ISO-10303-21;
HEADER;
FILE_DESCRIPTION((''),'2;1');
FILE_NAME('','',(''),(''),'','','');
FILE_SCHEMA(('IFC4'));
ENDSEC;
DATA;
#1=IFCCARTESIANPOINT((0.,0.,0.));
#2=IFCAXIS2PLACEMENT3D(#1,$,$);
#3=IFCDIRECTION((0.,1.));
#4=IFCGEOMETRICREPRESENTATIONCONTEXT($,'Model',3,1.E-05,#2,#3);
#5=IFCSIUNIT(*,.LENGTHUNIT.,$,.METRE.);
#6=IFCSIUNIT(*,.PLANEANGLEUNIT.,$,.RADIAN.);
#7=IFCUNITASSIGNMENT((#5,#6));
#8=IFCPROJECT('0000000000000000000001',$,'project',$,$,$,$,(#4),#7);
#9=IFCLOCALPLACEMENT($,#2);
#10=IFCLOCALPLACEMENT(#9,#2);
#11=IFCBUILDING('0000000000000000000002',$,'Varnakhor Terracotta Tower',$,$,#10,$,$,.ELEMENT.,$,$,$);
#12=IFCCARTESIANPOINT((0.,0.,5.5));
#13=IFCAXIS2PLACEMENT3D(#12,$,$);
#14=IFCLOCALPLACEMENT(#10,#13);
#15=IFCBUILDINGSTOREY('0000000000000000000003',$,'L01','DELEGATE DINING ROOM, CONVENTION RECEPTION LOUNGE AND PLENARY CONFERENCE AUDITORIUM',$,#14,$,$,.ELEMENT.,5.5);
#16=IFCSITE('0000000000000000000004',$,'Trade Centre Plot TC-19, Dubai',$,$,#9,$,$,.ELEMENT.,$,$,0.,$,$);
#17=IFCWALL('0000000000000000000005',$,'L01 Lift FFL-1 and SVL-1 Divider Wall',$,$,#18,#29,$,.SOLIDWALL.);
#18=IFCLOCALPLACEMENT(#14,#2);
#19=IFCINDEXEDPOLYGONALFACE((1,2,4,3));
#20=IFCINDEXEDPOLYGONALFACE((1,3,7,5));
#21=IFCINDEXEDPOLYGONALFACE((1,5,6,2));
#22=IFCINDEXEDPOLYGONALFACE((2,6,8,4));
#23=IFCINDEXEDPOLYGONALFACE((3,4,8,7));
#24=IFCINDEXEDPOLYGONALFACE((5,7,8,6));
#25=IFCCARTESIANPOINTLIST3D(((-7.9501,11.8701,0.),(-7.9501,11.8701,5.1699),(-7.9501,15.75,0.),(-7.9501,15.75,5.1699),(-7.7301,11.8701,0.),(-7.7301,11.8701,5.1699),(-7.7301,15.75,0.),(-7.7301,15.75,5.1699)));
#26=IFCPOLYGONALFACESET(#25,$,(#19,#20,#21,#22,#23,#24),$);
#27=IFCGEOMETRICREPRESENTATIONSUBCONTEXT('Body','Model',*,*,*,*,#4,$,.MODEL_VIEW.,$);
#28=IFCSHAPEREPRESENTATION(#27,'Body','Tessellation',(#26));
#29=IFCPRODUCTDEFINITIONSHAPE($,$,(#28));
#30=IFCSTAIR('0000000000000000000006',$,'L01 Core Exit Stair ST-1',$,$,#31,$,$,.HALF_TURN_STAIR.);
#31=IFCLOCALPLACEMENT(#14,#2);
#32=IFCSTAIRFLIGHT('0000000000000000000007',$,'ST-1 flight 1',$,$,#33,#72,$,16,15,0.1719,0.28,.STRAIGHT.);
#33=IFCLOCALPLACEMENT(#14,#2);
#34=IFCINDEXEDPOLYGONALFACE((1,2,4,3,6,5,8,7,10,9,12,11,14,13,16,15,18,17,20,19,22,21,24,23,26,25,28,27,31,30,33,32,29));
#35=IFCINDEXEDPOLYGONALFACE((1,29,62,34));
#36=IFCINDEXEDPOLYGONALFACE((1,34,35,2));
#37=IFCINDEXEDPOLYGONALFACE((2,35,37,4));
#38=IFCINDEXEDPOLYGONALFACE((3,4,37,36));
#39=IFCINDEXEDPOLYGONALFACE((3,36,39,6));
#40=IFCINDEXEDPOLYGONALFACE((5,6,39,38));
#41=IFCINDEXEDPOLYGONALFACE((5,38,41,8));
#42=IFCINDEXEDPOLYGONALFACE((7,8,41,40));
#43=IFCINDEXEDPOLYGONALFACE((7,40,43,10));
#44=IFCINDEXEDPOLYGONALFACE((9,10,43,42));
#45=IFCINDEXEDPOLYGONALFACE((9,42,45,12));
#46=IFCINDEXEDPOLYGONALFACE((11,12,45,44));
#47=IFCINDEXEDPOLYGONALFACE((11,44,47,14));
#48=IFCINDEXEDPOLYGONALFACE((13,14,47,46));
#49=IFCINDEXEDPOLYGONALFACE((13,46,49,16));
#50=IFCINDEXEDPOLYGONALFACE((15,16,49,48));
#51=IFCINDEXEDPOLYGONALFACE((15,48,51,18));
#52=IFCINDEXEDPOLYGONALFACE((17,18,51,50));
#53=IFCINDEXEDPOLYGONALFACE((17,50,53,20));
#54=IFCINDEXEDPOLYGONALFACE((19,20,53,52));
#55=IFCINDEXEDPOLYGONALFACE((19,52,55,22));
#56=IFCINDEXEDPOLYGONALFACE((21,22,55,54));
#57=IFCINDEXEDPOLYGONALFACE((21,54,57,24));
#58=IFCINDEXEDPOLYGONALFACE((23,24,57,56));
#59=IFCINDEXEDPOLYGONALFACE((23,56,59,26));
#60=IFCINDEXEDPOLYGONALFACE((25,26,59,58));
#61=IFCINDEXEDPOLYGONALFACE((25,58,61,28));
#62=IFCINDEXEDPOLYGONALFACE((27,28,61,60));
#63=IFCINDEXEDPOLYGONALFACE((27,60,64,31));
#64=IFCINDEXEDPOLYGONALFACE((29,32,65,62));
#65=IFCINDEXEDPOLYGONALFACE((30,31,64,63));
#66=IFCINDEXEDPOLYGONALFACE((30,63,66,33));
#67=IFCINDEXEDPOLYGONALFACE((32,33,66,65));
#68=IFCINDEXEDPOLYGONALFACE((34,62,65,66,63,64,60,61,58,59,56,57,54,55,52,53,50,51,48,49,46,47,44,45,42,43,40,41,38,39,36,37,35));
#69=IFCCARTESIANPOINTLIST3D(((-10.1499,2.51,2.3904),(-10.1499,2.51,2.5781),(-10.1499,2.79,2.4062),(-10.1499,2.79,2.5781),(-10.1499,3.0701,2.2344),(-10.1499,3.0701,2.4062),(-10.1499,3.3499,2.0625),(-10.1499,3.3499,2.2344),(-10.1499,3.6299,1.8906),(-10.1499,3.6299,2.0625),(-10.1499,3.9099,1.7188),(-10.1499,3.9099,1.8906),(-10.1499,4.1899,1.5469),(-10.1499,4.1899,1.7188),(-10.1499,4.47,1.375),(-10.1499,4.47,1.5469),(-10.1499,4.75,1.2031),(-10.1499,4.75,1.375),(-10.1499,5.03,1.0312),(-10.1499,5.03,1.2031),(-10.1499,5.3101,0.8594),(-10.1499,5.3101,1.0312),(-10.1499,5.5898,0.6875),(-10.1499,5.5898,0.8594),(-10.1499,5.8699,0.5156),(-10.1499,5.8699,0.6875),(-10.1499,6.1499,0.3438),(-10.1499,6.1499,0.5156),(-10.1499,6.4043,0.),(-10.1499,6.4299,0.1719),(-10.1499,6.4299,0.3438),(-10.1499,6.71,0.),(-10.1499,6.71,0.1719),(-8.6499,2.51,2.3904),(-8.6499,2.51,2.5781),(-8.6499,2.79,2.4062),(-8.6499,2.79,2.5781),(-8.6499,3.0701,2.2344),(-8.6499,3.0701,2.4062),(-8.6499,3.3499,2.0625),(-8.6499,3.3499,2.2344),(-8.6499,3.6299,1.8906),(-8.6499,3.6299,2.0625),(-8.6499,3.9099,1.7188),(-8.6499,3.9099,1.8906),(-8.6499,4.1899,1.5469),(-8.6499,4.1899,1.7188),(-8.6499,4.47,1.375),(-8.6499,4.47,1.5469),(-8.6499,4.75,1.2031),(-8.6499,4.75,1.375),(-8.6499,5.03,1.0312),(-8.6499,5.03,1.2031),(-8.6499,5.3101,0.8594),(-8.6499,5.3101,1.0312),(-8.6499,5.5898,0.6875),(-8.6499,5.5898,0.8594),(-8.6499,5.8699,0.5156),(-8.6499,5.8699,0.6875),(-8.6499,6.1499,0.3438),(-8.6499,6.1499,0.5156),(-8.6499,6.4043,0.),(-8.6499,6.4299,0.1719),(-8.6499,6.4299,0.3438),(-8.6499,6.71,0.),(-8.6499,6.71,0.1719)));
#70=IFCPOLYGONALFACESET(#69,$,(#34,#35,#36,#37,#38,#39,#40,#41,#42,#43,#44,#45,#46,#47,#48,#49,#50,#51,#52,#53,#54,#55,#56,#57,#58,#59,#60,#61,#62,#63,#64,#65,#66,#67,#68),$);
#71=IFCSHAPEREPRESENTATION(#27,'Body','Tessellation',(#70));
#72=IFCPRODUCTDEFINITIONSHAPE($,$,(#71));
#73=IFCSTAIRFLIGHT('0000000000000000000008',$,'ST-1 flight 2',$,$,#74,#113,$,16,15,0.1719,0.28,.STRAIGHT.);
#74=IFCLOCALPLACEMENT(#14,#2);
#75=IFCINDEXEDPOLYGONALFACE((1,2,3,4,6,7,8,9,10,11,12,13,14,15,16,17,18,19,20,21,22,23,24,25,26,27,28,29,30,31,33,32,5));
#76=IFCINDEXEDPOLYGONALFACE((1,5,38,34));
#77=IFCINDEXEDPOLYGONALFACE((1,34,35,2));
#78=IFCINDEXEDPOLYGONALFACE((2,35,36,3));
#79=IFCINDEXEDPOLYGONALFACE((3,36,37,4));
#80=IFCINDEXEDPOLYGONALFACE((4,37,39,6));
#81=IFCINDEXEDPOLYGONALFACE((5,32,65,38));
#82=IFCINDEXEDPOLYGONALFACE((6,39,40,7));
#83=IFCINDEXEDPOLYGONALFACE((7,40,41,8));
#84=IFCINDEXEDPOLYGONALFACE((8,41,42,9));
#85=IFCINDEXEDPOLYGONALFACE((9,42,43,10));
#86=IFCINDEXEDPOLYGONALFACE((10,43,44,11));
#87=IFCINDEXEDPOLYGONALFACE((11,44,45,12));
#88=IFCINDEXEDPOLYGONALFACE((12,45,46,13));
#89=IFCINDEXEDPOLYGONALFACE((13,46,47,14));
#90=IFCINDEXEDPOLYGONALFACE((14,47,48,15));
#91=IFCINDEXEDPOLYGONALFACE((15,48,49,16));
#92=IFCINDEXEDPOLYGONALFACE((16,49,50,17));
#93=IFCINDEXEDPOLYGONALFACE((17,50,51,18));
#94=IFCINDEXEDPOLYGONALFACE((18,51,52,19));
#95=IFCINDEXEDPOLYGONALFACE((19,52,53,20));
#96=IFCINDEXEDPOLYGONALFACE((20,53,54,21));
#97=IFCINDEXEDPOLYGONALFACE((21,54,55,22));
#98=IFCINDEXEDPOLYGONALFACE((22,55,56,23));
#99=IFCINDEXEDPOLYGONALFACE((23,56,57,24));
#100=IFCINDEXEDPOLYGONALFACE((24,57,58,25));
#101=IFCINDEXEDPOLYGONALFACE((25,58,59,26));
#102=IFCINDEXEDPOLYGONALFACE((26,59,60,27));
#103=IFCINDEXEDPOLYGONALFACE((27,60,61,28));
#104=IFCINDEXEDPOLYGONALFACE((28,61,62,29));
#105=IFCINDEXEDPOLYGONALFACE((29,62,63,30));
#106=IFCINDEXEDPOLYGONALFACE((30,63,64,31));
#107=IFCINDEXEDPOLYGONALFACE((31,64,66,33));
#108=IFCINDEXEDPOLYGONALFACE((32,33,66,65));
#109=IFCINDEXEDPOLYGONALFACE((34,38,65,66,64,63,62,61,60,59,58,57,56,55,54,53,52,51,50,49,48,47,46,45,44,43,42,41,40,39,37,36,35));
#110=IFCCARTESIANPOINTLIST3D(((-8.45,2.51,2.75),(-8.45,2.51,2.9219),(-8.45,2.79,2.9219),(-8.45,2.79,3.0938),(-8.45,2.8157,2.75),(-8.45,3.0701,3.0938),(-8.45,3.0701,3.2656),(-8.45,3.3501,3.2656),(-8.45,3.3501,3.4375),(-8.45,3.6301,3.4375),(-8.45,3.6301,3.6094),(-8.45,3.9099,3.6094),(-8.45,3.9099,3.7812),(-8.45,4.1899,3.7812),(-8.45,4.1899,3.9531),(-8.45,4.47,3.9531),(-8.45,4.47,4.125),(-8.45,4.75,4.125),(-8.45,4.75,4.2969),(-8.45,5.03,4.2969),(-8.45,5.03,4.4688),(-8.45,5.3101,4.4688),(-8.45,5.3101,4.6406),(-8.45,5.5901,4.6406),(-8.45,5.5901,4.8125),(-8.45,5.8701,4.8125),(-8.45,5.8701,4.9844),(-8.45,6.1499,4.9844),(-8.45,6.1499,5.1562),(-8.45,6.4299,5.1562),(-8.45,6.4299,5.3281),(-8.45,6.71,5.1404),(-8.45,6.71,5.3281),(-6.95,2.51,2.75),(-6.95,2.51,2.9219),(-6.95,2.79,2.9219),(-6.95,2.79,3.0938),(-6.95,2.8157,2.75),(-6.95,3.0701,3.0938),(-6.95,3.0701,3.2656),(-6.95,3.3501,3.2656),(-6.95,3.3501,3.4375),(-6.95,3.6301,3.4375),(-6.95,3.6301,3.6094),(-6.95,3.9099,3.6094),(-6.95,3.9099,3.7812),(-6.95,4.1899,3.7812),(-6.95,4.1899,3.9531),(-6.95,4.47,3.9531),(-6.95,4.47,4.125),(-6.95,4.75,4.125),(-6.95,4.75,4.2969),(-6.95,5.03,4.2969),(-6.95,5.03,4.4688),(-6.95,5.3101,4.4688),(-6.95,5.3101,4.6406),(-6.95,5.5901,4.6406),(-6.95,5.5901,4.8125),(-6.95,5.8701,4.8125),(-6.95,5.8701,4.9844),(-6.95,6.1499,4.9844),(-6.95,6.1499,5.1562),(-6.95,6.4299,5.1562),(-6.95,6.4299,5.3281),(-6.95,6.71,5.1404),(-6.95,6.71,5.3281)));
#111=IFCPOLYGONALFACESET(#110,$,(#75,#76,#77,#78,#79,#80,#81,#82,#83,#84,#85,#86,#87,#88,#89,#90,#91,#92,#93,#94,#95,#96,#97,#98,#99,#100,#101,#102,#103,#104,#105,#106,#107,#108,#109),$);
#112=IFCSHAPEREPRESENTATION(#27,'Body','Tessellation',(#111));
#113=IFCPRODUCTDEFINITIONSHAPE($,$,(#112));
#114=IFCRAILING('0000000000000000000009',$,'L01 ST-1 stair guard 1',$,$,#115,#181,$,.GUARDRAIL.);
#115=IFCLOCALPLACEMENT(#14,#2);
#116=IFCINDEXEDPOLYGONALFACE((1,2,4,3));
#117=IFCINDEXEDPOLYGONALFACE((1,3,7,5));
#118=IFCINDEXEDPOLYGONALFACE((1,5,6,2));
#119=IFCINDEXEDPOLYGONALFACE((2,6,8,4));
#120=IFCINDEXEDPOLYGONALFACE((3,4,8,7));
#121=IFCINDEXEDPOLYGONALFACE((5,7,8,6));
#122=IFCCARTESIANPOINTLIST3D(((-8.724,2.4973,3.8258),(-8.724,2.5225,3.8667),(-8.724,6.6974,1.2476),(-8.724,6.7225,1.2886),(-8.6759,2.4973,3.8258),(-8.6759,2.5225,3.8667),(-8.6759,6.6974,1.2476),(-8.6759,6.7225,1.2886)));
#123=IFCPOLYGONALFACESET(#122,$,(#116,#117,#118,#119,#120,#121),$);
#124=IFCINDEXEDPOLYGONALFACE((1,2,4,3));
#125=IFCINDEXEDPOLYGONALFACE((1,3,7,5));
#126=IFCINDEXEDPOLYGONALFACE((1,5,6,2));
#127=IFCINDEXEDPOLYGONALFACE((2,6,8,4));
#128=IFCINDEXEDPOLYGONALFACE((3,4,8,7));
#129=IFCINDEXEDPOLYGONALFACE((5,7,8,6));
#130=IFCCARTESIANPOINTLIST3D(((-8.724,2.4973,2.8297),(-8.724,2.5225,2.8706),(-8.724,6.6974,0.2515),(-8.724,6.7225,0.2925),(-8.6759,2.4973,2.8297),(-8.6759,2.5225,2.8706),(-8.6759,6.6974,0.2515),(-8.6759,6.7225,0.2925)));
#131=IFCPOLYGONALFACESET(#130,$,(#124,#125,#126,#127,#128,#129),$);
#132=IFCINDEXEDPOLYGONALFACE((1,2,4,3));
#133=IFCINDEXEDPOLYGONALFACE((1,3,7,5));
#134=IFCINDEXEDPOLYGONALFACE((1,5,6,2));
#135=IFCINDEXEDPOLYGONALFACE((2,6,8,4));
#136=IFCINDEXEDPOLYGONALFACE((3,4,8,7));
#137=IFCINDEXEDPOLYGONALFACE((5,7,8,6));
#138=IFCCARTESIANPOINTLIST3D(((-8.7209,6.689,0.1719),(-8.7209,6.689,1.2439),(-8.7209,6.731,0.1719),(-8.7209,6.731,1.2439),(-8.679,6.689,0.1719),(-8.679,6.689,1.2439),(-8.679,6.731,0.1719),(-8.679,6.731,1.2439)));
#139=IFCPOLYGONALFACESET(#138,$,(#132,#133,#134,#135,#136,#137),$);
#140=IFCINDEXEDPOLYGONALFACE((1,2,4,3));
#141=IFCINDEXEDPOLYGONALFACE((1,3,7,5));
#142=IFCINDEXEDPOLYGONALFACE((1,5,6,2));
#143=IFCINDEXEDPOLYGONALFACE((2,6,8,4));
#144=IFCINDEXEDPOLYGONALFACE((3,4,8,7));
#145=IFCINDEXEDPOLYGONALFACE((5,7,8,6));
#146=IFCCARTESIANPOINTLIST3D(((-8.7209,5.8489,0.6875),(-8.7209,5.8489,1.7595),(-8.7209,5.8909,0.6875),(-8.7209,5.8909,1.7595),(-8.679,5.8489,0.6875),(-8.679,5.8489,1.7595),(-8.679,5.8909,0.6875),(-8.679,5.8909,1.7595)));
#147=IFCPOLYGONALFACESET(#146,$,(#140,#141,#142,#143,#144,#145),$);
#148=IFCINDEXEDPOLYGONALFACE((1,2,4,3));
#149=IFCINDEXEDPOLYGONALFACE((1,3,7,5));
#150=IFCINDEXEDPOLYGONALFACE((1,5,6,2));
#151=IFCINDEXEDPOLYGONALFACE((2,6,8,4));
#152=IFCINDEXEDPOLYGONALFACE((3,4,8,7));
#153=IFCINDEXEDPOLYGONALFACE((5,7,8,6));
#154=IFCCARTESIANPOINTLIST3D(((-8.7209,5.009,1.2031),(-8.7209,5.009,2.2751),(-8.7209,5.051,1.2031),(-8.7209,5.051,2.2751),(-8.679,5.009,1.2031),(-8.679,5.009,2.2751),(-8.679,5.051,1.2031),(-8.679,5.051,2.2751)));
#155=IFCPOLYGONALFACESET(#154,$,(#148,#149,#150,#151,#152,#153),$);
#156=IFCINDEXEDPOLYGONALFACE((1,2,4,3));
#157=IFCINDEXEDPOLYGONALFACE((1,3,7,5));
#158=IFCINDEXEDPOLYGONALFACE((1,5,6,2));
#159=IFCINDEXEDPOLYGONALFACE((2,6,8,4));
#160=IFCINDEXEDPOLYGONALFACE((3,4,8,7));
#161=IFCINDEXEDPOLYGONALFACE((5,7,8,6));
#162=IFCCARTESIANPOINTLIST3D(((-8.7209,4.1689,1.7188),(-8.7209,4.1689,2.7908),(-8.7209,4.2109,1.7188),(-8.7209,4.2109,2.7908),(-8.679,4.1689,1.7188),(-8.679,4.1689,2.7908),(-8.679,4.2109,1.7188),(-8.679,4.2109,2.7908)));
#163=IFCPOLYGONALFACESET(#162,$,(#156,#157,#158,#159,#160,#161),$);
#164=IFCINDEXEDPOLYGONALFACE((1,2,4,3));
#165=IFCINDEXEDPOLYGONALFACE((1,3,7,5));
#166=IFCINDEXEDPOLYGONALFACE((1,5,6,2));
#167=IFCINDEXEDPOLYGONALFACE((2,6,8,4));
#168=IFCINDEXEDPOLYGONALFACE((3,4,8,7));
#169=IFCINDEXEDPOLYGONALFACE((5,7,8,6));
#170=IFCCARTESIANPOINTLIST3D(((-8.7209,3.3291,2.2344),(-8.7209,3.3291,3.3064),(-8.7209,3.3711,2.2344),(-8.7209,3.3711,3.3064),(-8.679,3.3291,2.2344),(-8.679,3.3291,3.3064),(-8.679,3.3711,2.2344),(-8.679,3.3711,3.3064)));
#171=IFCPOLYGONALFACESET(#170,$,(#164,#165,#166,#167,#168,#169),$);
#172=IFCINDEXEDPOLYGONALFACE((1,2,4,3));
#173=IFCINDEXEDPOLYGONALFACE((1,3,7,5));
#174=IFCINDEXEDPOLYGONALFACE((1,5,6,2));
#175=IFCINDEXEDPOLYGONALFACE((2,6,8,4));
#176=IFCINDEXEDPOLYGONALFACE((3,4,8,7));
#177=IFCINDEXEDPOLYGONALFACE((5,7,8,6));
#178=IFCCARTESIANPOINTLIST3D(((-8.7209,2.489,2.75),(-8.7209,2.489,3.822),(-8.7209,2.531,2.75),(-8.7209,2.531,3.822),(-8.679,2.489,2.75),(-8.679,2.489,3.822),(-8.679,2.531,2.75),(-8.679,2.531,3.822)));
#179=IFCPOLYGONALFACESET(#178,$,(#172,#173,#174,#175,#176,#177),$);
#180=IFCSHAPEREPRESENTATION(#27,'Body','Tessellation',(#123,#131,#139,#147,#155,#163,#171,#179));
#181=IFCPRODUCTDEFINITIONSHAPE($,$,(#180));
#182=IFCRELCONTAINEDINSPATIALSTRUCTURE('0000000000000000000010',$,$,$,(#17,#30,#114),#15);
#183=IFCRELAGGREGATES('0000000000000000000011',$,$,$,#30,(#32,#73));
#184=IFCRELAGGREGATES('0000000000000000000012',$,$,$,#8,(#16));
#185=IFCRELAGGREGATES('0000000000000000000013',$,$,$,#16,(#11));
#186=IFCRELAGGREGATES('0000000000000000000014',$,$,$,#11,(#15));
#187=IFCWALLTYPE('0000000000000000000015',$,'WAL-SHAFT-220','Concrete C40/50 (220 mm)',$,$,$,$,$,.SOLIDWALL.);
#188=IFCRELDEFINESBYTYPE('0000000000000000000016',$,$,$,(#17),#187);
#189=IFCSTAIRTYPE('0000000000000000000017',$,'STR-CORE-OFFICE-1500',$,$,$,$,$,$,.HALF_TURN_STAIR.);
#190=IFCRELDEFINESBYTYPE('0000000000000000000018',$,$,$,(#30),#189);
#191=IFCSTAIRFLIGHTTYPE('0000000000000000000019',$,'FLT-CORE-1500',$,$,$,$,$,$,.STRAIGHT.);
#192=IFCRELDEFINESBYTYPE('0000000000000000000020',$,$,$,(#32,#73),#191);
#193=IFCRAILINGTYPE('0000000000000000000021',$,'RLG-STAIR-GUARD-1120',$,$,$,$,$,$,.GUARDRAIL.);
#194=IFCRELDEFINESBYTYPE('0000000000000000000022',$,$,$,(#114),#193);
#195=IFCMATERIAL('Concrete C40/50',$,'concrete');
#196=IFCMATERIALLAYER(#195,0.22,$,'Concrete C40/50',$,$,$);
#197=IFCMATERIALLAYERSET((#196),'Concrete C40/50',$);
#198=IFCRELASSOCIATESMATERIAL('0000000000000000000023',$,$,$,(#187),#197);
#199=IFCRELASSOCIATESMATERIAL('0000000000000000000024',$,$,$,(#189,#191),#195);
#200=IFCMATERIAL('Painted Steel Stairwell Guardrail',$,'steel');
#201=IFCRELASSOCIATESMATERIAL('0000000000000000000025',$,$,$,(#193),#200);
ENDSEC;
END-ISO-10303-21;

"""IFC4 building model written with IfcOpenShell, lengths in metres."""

from ifc_helpers import new_model, si_unit, direction, frame, frame_2d, origin, origin_2d, place, context, subcontext, project, spatial, polyline, rectangle, outline, extrude, material, layer, layer_set, type_object, element, aggregate, save


model = new_model("IFC4")

# Units and contexts
model_context = context("Model", 3, precision=1e-05, world=origin(), true_north=direction((0.0, 1.0)))
body_context = subcontext(model_context, "Body", "Model", "MODEL_VIEW")
ifc_project = project(units=[si_unit("LENGTHUNIT", "METRE"), si_unit("PLANEANGLEUNIT", "RADIAN")], contexts=[model_context])

# Site, building, storey
site_placement = place(None, origin())
site = spatial("IfcSite", under=ifc_project, at=site_placement, Name="Trade Centre Plot TC-19, Dubai", CompositionType="ELEMENT", RefElevation=0.0)
building_placement = place(site_placement, origin())
building = spatial("IfcBuilding", under=site, at=building_placement, Name="Varnakhor Terracotta Tower", CompositionType="ELEMENT")
storey_placement = place(building_placement, frame((0.0, 0.0, 5.5)))
storey = spatial("IfcBuildingStorey", under=building, at=storey_placement, Name="L01", Description="DELEGATE DINING ROOM, CONVENTION RECEPTION LOUNGE AND PLENARY CONFERENCE AUDITORIUM", CompositionType="ELEMENT", Elevation=5.5)

# Wall
ifc_material_1 = material(Name="Concrete C40/50", Category="concrete")
ifc_layer_1 = layer(ifc_material_1, 0.22, Name="Concrete C40/50")
ifc_layer_set_1 = layer_set([ifc_layer_1], Name="Concrete C40/50")
wall_type_1 = type_object("IfcWallType", Name="WAL-SHAFT-220", Description="Concrete C40/50 (220 mm)", PredefinedType="SOLIDWALL", material=ifc_layer_set_1)
wall_1_placement = place(storey_placement, frame((-7.8401, 11.8701, 0.0), z_axis=(0.0, 0.0, 1.0), x_axis=(0.0, 1.0, 0.0)))
element("IfcWall", 1, at=wall_1_placement, inside=storey, type_object=wall_type_1, Name="L01 Lift FFL-1 and SVL-1 Divider Wall", PredefinedType="SOLIDWALL", context=body_context, shape_type="SweptSolid", body=[
    extrude(rectangle(XDim=3.8799, YDim=0.22, at=frame_2d((1.9399, 0.0))), origin(), (0.0, 0.0, 1.0), 5.1699),
])

# Stair, stair flights
stair_type = type_object("IfcStairType", Name="STR-CORE-OFFICE-1500", PredefinedType="HALF_TURN_STAIR", material=ifc_material_1)
stair_placement = place(storey_placement, origin())
stair = element("IfcStair", 2, at=stair_placement, inside=storey, type_object=stair_type, Name="L01 Core Exit Stair ST-1", PredefinedType="HALF_TURN_STAIR")
stair_flight_type = type_object("IfcStairFlightType", Name="FLT-CORE-1500", PredefinedType="STRAIGHT", material=ifc_material_1)
stair_flight_1_placement = place(storey_placement, frame((-9.3999, 6.71, 0.0), z_axis=(0.0, 0.0, 1.0), x_axis=(0.0, -1.0, 0.0)))
stair_flight_1 = element("IfcStairFlight", 3, at=stair_flight_1_placement, type_object=stair_flight_type, Name="ST-1 flight 1", NumberOfRisers=16, NumberOfTreads=15, PredefinedType="STRAIGHT", RiserHeight=0.1719, TreadLength=0.28, context=body_context, shape_type="SweptSolid", body=[
    extrude(outline(polyline([(0.0, 0.0), (0.0, 0.1719), (0.28, 0.1719), (0.28, 0.3438), (0.5601, 0.3438), (0.5601, 0.5156), (0.8401, 0.5156), (0.8401, 0.6875), (1.1201, 0.6875), (1.1201, 0.8594), (1.3999, 0.8594), (1.3999, 1.0312), (1.6799, 1.0312), (1.6799, 1.2031), (1.96, 1.2031), (1.96, 1.375), (2.24, 1.375), (2.24, 1.5469), (2.52, 1.5469), (2.52, 1.7188), (2.8, 1.7188), (2.8, 1.8906), (3.0801, 1.8906), (3.0801, 2.0625), (3.3601, 2.0625), (3.3601, 2.2344), (3.6399, 2.2344), (3.6399, 2.4062), (3.9199, 2.4062), (3.9199, 2.5781), (4.2, 2.5781), (4.2, 2.75), (4.2, 2.3904), (0.3057, 0.0), (0.0, 0.0)])), frame((0.0, 0.75, 0.0), z_axis=(0.0, -1.0, 0.0), x_axis=(1.0, 0.0, 0.0)), (0.0, 0.0, 1.0), 1.5),
])
stair_flight_2_placement = place(storey_placement, frame((-7.7, 2.51, 2.75), z_axis=(0.0, 0.0, 1.0), x_axis=(0.0, 1.0, 0.0)))
stair_flight_2 = element("IfcStairFlight", 4, at=stair_flight_2_placement, type_object=stair_flight_type, Name="ST-1 flight 2", NumberOfRisers=16, NumberOfTreads=15, PredefinedType="STRAIGHT", RiserHeight=0.1719, TreadLength=0.28, context=body_context, shape_type="SweptSolid", body=[
    extrude(outline(polyline([(0.0, 0.0), (0.0, 0.1719), (0.28, 0.1719), (0.28, 0.3438), (0.5601, 0.3438), (0.5601, 0.5156), (0.8401, 0.5156), (0.8401, 0.6875), (1.1201, 0.6875), (1.1201, 0.8594), (1.3999, 0.8594), (1.3999, 1.0312), (1.6799, 1.0312), (1.6799, 1.2031), (1.96, 1.2031), (1.96, 1.375), (2.24, 1.375), (2.24, 1.5469), (2.52, 1.5469), (2.52, 1.7188), (2.8, 1.7188), (2.8, 1.8906), (3.0801, 1.8906), (3.0801, 2.0625), (3.3601, 2.0625), (3.3601, 2.2344), (3.6399, 2.2344), (3.6399, 2.4062), (3.9199, 2.4062), (3.9199, 2.5781), (4.2, 2.5781), (4.2, 2.75), (4.2, 2.3904), (0.3057, 0.0), (0.0, 0.0)])), frame((0.0, 0.75, 0.0), z_axis=(0.0, -1.0, 0.0), x_axis=(1.0, 0.0, 0.0)), (0.0, 0.0, 1.0), 1.5),
])
aggregate(stair, [stair_flight_1, stair_flight_2])

# Railing
ifc_material_2 = material(Name="Painted Steel Stairwell Guardrail", Category="steel")
railing_type_1 = type_object("IfcRailingType", Name="RLG-STAIR-GUARD-1120", PredefinedType="GUARDRAIL", material=ifc_material_2)
railing_1_placement = place(storey_placement, frame((-8.7, 6.71, 0.1719)))
element("IfcRailing", 5, at=railing_1_placement, inside=storey, type_object=railing_type_1, Name="L01 ST-1 stair guard 1", PredefinedType="GUARDRAIL", context=body_context, shape_type="SweptSolid", body=[
    extrude(rectangle(XDim=0.0481, YDim=0.0481, at=origin_2d()), frame((0.0, 0.0, 1.0962), z_axis=(0.0, -0.852243, 0.523146), x_axis=(1.0, 0.0, 0.0)), (0.0, 0.0, 1.0), 4.9282),
    extrude(rectangle(XDim=0.0481, YDim=0.0481, at=origin_2d()), frame((0.0, 0.0, 0.1001), z_axis=(0.0, -0.852243, 0.523146), x_axis=(1.0, 0.0, 0.0)), (0.0, 0.0, 1.0), 4.9282),
    extrude(rectangle(XDim=0.042, YDim=0.042, at=origin_2d()), origin(), (0.0, 0.0, 1.0), 1.072),
    extrude(rectangle(XDim=0.042, YDim=0.042, at=origin_2d()), frame((0.0, -0.8401, 0.5156)), (0.0, 0.0, 1.0), 1.072),
    extrude(rectangle(XDim=0.042, YDim=0.042, at=origin_2d()), frame((0.0, -1.6799, 1.0312)), (0.0, 0.0, 1.0), 1.072),
    extrude(rectangle(XDim=0.042, YDim=0.042, at=origin_2d()), frame((0.0, -2.52, 1.5469)), (0.0, 0.0, 1.0), 1.072),
    extrude(rectangle(XDim=0.042, YDim=0.042, at=origin_2d()), frame((0.0, -3.3599, 2.0625)), (0.0, 0.0, 1.0), 1.072),
    extrude(rectangle(XDim=0.042, YDim=0.042, at=origin_2d()), frame((0.0, -4.2, 2.5781)), (0.0, 0.0, 1.0), 1.072),
])

save(model, "model.ifc")
